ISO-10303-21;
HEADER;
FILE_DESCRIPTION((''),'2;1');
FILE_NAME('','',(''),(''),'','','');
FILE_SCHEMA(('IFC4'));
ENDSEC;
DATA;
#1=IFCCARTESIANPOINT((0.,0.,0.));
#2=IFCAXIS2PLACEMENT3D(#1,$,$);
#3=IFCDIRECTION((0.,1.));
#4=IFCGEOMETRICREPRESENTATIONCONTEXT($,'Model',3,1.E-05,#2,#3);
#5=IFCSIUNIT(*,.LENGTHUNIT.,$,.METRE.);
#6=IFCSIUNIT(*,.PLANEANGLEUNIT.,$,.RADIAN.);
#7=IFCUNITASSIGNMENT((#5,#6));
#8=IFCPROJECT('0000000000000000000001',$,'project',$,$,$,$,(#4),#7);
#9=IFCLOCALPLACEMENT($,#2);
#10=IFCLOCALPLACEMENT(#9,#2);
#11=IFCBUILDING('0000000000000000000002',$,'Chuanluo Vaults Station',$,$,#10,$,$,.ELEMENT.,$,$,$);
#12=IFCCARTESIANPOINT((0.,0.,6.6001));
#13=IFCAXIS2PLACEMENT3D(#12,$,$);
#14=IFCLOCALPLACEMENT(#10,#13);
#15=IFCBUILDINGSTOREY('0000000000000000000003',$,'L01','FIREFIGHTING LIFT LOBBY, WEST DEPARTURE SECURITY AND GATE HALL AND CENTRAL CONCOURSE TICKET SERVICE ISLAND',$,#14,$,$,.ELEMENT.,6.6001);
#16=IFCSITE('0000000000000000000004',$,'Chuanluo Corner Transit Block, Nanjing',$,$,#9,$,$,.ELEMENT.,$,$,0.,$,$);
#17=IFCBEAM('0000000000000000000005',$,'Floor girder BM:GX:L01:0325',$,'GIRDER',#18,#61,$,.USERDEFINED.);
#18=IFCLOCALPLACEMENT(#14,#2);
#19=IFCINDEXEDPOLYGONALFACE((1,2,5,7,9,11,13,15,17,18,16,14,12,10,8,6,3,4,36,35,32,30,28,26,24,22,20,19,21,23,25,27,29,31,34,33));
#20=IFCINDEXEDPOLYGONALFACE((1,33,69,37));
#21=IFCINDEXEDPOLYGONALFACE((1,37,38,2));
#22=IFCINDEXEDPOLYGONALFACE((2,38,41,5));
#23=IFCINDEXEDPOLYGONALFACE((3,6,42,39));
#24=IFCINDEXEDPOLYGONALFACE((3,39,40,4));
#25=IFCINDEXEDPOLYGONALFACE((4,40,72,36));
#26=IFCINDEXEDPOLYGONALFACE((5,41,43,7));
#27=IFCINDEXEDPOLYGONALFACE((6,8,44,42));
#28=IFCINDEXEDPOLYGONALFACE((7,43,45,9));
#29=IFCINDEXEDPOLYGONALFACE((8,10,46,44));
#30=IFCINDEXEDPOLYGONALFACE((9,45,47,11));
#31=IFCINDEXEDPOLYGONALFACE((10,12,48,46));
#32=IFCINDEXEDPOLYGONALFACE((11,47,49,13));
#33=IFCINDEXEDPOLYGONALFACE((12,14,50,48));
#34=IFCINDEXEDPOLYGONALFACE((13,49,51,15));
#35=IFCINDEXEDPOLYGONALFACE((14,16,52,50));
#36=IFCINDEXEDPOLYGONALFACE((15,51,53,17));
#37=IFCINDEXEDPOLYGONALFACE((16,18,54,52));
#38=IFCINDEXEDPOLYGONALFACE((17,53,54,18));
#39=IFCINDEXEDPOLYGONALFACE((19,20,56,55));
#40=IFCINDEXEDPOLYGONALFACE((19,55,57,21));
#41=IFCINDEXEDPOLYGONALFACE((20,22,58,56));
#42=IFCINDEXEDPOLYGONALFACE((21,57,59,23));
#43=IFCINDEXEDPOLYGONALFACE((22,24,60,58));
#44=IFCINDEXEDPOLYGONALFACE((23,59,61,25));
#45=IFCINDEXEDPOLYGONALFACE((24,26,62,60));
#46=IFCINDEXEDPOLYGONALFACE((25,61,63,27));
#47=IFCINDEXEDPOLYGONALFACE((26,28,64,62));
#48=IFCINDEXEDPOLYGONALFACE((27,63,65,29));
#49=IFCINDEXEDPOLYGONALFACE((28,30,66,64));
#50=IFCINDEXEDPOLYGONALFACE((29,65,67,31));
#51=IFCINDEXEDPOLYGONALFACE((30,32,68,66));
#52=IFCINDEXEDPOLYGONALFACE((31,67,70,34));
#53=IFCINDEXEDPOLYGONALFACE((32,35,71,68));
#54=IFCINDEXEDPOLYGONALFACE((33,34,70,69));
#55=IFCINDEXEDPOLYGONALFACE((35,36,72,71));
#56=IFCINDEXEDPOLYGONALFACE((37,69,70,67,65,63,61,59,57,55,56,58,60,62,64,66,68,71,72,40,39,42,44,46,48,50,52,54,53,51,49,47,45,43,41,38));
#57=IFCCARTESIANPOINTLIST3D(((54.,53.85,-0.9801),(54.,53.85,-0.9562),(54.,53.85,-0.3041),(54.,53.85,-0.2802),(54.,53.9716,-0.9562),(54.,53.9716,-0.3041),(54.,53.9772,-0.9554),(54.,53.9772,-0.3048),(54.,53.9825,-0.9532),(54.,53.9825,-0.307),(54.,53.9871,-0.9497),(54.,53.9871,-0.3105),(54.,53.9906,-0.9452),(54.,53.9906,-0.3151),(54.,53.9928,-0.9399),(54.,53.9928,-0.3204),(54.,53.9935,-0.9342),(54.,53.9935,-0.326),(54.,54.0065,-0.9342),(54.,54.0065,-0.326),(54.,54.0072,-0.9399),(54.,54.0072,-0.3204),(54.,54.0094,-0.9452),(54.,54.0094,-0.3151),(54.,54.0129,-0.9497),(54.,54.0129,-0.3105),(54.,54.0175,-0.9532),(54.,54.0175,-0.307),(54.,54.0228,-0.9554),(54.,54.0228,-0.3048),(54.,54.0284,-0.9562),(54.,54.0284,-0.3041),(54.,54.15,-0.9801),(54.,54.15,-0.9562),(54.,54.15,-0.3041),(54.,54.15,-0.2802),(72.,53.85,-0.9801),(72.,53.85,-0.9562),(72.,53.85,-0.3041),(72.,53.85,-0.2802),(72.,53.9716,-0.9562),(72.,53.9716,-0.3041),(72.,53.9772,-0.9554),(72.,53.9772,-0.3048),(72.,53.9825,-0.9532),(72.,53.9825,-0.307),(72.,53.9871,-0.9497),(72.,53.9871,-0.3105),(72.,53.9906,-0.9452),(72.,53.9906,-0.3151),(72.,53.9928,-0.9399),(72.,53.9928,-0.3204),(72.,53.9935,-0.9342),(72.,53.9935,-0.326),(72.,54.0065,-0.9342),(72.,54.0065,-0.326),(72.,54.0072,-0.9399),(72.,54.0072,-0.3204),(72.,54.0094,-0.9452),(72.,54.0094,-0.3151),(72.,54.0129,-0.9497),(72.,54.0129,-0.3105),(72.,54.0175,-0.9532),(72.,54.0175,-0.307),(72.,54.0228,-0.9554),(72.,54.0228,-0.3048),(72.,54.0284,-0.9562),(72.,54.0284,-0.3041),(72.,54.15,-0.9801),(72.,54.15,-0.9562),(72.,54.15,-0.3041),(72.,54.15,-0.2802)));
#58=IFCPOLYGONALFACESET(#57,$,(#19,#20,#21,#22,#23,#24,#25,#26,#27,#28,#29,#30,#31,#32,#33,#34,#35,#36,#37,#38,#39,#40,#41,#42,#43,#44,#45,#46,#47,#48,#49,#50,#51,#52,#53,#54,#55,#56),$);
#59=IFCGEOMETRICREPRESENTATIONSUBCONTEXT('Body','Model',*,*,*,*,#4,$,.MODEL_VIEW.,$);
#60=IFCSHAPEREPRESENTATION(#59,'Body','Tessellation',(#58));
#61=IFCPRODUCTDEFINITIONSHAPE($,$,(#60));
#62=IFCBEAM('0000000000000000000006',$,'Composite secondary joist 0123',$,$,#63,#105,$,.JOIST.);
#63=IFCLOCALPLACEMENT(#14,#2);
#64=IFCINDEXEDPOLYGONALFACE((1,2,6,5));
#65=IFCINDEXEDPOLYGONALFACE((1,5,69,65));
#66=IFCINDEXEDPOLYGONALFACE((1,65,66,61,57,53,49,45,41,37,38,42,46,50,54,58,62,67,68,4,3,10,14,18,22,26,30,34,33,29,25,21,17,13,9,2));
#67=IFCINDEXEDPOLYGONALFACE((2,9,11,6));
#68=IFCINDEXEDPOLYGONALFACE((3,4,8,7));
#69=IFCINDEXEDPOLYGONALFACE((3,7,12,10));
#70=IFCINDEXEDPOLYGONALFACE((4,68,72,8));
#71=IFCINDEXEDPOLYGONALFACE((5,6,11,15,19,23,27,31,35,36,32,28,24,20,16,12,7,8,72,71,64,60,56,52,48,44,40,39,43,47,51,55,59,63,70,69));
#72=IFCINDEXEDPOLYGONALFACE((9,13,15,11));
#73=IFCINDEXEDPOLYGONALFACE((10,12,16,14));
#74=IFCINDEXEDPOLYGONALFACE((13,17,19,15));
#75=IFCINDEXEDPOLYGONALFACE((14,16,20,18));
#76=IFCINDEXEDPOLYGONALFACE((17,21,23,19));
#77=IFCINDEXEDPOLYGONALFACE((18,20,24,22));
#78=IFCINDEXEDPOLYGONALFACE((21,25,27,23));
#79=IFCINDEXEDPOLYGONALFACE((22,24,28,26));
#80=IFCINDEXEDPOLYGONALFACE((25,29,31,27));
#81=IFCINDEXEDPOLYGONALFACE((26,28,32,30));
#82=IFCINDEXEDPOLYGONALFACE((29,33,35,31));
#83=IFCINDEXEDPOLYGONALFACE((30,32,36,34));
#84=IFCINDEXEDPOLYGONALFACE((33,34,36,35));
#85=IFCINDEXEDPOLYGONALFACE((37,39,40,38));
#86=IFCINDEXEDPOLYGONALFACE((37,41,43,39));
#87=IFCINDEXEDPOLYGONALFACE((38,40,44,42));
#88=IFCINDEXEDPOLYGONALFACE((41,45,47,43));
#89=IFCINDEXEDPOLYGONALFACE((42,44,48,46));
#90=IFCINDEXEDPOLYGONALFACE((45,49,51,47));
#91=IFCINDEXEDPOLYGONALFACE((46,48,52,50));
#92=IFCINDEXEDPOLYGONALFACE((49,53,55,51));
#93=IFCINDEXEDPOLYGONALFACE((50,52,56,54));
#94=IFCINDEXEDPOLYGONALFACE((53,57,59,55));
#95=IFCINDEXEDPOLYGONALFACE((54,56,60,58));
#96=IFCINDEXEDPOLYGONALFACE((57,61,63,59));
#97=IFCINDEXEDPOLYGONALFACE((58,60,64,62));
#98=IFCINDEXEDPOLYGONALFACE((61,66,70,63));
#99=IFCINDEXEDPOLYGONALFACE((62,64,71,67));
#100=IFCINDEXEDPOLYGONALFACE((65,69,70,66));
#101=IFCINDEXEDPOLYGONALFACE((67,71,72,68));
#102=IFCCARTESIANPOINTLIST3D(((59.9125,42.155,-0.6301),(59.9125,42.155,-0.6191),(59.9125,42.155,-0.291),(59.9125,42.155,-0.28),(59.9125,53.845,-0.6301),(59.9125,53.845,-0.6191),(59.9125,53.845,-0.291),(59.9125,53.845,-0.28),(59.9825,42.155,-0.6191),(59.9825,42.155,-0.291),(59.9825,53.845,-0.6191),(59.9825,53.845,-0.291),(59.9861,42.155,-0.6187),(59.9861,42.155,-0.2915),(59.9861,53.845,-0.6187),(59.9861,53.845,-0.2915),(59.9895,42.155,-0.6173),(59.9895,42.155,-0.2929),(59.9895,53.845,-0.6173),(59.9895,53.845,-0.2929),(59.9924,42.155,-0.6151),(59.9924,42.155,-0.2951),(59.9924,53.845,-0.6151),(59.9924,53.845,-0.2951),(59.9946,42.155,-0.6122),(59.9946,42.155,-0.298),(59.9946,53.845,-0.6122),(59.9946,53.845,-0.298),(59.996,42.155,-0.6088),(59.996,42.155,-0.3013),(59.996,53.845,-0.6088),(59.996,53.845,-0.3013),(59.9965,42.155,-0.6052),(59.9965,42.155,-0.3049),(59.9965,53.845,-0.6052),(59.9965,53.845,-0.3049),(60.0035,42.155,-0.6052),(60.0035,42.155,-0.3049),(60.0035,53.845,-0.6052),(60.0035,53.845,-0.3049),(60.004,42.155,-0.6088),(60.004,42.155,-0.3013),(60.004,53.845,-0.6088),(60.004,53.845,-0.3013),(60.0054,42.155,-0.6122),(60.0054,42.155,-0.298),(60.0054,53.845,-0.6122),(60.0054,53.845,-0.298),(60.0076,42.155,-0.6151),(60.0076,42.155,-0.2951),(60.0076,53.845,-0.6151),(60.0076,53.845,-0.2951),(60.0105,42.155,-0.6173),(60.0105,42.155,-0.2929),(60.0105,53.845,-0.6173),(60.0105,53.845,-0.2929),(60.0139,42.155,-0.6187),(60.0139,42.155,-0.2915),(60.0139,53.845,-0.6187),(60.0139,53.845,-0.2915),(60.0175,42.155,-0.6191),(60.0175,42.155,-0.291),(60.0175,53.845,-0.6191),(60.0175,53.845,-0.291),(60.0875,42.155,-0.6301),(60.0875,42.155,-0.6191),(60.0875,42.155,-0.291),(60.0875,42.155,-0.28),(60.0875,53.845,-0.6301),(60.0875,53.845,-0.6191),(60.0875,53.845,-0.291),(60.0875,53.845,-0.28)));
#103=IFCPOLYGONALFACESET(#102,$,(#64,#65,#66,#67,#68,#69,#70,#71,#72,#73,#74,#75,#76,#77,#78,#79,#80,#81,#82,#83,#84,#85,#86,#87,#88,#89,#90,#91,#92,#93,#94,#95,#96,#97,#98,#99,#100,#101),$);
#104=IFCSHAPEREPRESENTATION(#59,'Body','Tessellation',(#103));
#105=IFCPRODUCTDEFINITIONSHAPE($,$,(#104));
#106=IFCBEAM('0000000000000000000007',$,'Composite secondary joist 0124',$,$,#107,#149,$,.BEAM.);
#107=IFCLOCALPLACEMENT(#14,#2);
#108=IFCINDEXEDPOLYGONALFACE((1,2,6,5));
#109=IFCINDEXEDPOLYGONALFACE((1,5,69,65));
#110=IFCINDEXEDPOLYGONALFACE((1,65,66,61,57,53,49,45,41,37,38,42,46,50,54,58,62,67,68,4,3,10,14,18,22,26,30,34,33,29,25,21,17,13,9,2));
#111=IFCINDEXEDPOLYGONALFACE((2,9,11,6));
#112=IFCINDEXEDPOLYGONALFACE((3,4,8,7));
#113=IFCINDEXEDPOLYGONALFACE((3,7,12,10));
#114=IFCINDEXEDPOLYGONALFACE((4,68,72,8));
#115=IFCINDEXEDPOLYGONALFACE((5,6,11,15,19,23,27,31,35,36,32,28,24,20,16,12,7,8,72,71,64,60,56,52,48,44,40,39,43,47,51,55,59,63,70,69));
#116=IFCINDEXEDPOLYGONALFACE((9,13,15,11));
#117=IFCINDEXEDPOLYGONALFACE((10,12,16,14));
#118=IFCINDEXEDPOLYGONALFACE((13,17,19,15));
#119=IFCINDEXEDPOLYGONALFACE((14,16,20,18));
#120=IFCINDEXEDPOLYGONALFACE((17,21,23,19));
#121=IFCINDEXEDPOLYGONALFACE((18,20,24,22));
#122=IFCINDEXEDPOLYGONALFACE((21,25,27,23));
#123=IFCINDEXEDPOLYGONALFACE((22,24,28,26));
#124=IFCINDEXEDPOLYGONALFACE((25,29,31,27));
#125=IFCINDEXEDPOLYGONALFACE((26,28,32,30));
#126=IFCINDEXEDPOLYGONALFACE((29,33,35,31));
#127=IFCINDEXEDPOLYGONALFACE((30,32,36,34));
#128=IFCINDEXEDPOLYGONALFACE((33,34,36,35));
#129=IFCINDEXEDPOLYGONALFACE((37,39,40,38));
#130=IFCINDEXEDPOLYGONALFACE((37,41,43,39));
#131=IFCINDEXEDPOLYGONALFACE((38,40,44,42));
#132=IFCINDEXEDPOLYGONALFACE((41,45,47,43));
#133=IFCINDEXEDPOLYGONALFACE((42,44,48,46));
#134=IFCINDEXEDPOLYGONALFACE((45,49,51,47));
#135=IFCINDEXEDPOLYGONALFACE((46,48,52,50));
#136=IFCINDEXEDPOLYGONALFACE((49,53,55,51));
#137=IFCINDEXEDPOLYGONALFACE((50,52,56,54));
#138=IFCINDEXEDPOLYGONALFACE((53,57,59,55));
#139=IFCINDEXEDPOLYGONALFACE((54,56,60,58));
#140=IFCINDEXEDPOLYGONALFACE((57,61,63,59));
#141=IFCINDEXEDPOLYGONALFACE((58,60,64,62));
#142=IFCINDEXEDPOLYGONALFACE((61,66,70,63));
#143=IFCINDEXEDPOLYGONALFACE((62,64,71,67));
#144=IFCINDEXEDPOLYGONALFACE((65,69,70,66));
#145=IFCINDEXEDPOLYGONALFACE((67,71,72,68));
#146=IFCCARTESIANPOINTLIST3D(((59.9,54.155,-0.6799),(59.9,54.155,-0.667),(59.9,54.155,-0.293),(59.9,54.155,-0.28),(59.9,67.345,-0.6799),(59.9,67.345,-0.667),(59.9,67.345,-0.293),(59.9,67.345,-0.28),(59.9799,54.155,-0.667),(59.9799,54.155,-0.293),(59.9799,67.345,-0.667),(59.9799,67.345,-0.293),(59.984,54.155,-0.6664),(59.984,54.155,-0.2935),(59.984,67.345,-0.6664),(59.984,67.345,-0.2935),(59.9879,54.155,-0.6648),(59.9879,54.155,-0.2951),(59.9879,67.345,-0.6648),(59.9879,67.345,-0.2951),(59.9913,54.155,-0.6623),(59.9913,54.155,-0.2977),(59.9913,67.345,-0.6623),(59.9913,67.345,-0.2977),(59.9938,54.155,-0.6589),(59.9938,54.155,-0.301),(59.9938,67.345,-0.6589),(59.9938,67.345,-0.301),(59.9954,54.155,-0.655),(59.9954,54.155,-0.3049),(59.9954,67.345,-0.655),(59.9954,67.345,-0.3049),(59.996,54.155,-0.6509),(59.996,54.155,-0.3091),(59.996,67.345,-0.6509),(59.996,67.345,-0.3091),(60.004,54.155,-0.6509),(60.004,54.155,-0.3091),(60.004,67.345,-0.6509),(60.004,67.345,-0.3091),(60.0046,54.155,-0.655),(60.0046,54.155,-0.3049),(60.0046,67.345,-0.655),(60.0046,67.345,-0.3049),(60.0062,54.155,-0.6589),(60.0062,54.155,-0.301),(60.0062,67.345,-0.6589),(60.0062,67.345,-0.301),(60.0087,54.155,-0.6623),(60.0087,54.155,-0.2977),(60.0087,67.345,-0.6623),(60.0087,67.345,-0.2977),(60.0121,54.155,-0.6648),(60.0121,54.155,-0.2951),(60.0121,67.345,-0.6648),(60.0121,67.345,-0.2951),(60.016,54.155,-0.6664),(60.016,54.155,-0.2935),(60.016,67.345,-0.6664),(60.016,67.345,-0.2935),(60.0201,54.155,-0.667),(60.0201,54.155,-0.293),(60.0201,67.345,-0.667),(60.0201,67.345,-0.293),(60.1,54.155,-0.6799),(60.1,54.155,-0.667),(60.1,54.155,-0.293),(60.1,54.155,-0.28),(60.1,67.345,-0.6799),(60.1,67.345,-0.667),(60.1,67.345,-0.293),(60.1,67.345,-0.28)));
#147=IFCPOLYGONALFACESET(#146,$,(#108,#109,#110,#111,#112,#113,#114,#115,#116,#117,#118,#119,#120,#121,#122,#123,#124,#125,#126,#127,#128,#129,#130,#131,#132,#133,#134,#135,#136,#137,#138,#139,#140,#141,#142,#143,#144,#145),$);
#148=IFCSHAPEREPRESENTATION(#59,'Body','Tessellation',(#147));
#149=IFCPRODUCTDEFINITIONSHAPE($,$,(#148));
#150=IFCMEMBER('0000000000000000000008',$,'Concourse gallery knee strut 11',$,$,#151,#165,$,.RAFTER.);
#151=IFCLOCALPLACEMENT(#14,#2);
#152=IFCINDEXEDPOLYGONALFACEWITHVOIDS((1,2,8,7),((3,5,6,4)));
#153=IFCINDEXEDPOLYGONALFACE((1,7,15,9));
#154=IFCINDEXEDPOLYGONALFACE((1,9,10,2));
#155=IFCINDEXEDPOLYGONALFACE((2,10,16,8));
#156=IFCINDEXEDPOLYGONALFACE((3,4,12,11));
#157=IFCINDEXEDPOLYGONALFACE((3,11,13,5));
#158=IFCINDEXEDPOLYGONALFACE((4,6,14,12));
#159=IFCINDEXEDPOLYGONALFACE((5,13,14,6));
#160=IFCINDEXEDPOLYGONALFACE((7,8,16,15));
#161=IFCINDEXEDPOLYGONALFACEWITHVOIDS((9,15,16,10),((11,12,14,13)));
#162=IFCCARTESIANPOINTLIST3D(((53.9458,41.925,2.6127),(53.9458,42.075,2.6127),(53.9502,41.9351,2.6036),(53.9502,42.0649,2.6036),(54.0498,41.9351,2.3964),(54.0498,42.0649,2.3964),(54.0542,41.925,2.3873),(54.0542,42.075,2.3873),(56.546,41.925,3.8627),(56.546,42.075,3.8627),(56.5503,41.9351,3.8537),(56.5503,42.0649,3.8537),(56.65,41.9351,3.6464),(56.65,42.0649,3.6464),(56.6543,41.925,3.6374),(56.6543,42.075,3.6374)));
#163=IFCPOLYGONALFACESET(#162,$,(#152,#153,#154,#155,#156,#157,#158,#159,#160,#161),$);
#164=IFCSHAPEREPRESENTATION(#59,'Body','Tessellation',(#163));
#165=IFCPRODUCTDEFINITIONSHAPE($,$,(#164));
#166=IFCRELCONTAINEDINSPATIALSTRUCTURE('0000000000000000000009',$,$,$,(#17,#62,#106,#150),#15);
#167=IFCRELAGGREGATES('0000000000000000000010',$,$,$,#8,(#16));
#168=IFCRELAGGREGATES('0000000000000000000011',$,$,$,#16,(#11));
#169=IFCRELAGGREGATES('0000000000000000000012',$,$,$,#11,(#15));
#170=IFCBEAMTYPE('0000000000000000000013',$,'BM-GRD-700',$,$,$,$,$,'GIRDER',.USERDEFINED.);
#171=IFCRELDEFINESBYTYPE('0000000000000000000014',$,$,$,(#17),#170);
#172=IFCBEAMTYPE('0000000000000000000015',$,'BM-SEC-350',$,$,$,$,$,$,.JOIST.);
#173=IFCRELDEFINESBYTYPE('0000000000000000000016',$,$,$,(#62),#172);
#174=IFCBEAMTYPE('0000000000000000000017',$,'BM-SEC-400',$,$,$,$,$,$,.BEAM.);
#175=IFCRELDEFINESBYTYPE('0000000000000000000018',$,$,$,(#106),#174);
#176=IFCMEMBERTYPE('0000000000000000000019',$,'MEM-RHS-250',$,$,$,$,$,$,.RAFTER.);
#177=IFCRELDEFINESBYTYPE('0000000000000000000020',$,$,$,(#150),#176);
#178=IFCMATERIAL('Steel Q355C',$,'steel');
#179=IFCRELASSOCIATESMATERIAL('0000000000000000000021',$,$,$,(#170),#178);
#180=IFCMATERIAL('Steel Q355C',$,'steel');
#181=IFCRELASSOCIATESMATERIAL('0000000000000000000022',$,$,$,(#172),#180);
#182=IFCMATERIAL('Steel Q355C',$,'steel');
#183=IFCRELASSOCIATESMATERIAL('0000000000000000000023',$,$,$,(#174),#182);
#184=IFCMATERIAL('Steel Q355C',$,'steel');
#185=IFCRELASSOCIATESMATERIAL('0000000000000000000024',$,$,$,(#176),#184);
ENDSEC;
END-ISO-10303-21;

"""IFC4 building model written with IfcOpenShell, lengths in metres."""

from ifc_helpers import new_model, si_unit, direction, frame, origin, origin_2d, place, context, subcontext, project, spatial, hollow_rectangle, i_section, extrude, material, material_profile, profile_set, type_object, element, save


model = new_model("IFC4")

# Units and contexts
model_context = context("Model", 3, precision=1e-05, world=origin(), true_north=direction((0.0, 1.0)))
body_context = subcontext(model_context, "Body", "Model", "MODEL_VIEW")
ifc_project = project(units=[si_unit("LENGTHUNIT", "METRE"), si_unit("PLANEANGLEUNIT", "RADIAN")], contexts=[model_context])

# Site, building, storey
site_placement = place(None, origin())
site = spatial("IfcSite", under=ifc_project, at=site_placement, Name="Chuanluo Corner Transit Block, Nanjing", CompositionType="ELEMENT", RefElevation=0.0)
building_placement = place(site_placement, origin())
building = spatial("IfcBuilding", under=site, at=building_placement, Name="Chuanluo Vaults Station", CompositionType="ELEMENT")
storey_placement = place(building_placement, frame((0.0, 0.0, 6.6001)))
storey = spatial("IfcBuildingStorey", under=building, at=storey_placement, Name="L01", Description="FIREFIGHTING LIFT LOBBY, WEST DEPARTURE SECURITY AND GATE HALL AND CENTRAL CONCOURSE TICKET SERVICE ISLAND", CompositionType="ELEMENT", Elevation=6.6001)

# Beams
ifc_material_1 = material(Name="Steel Q355C", Category="steel")
ifc_material_profile_1 = material_profile(ifc_material_1, i_section(OverallWidth=0.3, OverallDepth=0.7, WebThickness=0.0129, FlangeThickness=0.0239, FilletRadius=0.022, at=origin_2d()))
ifc_profile_set_1 = profile_set([ifc_material_profile_1], Name="Steel Q355C")
beam_type_1 = type_object("IfcBeamType", Name="BM-GRD-700", ElementType="GIRDER", PredefinedType="USERDEFINED", material=ifc_profile_set_1)
for number, where, z_axis, x_axis, name in (
    (1, (54.0, 54.0, -0.6301), (1.0, 0.0, 0.0), (0.0, 1.0, 0.0), "Floor girder BM:GX:L01:0325"),
):
    element("IfcBeam", number, at=place(storey_placement, frame(where, z_axis=z_axis, x_axis=x_axis)), inside=storey, type_object=beam_type_1, Name=name, ObjectType="GIRDER", PredefinedType="USERDEFINED", context=body_context, shape_type="SweptSolid", body=[
        extrude(i_section(OverallWidth=0.3, OverallDepth=0.7, WebThickness=0.0129, FlangeThickness=0.0239, FilletRadius=0.022, at=origin_2d()), origin(), (0.0, 0.0, 1.0), 18.0),
    ])
ifc_material_2 = material(Name="Steel Q355C", Category="steel")
ifc_material_profile_2 = material_profile(ifc_material_2, i_section(OverallWidth=0.175, OverallDepth=0.3501, WebThickness=0.0071, FlangeThickness=0.011, FilletRadius=0.0139, at=origin_2d()))
ifc_profile_set_2 = profile_set([ifc_material_profile_2], Name="Steel Q355C")
beam_type_2 = type_object("IfcBeamType", Name="BM-SEC-350", PredefinedType="JOIST", material=ifc_profile_set_2)
beam_1_placement = place(storey_placement, frame((60.0, 42.155, -0.4551), z_axis=(0.0, 1.0, 0.0), x_axis=(-1.0, 0.0, 0.0)))
element("IfcBeam", 2, at=beam_1_placement, inside=storey, type_object=beam_type_2, Name="Composite secondary joist 0123", PredefinedType="JOIST", context=body_context, shape_type="SweptSolid", body=[
    extrude(i_section(OverallWidth=0.175, OverallDepth=0.3501, WebThickness=0.0071, FlangeThickness=0.011, FilletRadius=0.0139, at=origin_2d()), origin(), (0.0, 0.0, 1.0), 11.6899),
])
ifc_material_3 = material(Name="Steel Q355C", Category="steel")
ifc_material_profile_3 = material_profile(ifc_material_3, i_section(OverallWidth=0.2, OverallDepth=0.3999, WebThickness=0.0081, FlangeThickness=0.0129, FilletRadius=0.0161, at=origin_2d()))
ifc_profile_set_3 = profile_set([ifc_material_profile_3], Name="Steel Q355C")
beam_type_3 = type_object("IfcBeamType", Name="BM-SEC-400", PredefinedType="BEAM", material=ifc_profile_set_3)
beam_2_placement = place(storey_placement, frame((60.0, 54.155, -0.48), z_axis=(0.0, 1.0, 0.0), x_axis=(-1.0, 0.0, 0.0)))
element("IfcBeam", 3, at=beam_2_placement, inside=storey, type_object=beam_type_3, Name="Composite secondary joist 0124", PredefinedType="BEAM", context=body_context, shape_type="SweptSolid", body=[
    extrude(i_section(OverallWidth=0.2, OverallDepth=0.3999, WebThickness=0.0081, FlangeThickness=0.0129, FilletRadius=0.0161, at=origin_2d()), origin(), (0.0, 0.0, 1.0), 13.1899),
])

# Member
ifc_material_4 = material(Name="Steel Q355C", Category="steel")
ifc_material_profile_4 = material_profile(ifc_material_4, hollow_rectangle(XDim=0.1499, YDim=0.25, WallThickness=0.01, at=origin_2d()))
ifc_profile_set_4 = profile_set([ifc_material_profile_4], Name="Steel Q355C")
member_type_1 = type_object("IfcMemberType", Name="MEM-RHS-250", PredefinedType="RAFTER", material=ifc_profile_set_4)
member_1_placement = place(storey_placement, frame((54.0, 42.0, 2.5), z_axis=(0.901259, 0.0, 0.433281), x_axis=(0.0, 1.0, 0.0)))
element("IfcMember", 4, at=member_1_placement, inside=storey, type_object=member_type_1, Name="Concourse gallery knee strut 11", PredefinedType="RAFTER", context=body_context, shape_type="SweptSolid", body=[
    extrude(hollow_rectangle(XDim=0.1499, YDim=0.25, WallThickness=0.01, at=origin_2d()), origin(), (0.0, 0.0, 1.0), 2.885),
])

save(model, "model.ifc")
